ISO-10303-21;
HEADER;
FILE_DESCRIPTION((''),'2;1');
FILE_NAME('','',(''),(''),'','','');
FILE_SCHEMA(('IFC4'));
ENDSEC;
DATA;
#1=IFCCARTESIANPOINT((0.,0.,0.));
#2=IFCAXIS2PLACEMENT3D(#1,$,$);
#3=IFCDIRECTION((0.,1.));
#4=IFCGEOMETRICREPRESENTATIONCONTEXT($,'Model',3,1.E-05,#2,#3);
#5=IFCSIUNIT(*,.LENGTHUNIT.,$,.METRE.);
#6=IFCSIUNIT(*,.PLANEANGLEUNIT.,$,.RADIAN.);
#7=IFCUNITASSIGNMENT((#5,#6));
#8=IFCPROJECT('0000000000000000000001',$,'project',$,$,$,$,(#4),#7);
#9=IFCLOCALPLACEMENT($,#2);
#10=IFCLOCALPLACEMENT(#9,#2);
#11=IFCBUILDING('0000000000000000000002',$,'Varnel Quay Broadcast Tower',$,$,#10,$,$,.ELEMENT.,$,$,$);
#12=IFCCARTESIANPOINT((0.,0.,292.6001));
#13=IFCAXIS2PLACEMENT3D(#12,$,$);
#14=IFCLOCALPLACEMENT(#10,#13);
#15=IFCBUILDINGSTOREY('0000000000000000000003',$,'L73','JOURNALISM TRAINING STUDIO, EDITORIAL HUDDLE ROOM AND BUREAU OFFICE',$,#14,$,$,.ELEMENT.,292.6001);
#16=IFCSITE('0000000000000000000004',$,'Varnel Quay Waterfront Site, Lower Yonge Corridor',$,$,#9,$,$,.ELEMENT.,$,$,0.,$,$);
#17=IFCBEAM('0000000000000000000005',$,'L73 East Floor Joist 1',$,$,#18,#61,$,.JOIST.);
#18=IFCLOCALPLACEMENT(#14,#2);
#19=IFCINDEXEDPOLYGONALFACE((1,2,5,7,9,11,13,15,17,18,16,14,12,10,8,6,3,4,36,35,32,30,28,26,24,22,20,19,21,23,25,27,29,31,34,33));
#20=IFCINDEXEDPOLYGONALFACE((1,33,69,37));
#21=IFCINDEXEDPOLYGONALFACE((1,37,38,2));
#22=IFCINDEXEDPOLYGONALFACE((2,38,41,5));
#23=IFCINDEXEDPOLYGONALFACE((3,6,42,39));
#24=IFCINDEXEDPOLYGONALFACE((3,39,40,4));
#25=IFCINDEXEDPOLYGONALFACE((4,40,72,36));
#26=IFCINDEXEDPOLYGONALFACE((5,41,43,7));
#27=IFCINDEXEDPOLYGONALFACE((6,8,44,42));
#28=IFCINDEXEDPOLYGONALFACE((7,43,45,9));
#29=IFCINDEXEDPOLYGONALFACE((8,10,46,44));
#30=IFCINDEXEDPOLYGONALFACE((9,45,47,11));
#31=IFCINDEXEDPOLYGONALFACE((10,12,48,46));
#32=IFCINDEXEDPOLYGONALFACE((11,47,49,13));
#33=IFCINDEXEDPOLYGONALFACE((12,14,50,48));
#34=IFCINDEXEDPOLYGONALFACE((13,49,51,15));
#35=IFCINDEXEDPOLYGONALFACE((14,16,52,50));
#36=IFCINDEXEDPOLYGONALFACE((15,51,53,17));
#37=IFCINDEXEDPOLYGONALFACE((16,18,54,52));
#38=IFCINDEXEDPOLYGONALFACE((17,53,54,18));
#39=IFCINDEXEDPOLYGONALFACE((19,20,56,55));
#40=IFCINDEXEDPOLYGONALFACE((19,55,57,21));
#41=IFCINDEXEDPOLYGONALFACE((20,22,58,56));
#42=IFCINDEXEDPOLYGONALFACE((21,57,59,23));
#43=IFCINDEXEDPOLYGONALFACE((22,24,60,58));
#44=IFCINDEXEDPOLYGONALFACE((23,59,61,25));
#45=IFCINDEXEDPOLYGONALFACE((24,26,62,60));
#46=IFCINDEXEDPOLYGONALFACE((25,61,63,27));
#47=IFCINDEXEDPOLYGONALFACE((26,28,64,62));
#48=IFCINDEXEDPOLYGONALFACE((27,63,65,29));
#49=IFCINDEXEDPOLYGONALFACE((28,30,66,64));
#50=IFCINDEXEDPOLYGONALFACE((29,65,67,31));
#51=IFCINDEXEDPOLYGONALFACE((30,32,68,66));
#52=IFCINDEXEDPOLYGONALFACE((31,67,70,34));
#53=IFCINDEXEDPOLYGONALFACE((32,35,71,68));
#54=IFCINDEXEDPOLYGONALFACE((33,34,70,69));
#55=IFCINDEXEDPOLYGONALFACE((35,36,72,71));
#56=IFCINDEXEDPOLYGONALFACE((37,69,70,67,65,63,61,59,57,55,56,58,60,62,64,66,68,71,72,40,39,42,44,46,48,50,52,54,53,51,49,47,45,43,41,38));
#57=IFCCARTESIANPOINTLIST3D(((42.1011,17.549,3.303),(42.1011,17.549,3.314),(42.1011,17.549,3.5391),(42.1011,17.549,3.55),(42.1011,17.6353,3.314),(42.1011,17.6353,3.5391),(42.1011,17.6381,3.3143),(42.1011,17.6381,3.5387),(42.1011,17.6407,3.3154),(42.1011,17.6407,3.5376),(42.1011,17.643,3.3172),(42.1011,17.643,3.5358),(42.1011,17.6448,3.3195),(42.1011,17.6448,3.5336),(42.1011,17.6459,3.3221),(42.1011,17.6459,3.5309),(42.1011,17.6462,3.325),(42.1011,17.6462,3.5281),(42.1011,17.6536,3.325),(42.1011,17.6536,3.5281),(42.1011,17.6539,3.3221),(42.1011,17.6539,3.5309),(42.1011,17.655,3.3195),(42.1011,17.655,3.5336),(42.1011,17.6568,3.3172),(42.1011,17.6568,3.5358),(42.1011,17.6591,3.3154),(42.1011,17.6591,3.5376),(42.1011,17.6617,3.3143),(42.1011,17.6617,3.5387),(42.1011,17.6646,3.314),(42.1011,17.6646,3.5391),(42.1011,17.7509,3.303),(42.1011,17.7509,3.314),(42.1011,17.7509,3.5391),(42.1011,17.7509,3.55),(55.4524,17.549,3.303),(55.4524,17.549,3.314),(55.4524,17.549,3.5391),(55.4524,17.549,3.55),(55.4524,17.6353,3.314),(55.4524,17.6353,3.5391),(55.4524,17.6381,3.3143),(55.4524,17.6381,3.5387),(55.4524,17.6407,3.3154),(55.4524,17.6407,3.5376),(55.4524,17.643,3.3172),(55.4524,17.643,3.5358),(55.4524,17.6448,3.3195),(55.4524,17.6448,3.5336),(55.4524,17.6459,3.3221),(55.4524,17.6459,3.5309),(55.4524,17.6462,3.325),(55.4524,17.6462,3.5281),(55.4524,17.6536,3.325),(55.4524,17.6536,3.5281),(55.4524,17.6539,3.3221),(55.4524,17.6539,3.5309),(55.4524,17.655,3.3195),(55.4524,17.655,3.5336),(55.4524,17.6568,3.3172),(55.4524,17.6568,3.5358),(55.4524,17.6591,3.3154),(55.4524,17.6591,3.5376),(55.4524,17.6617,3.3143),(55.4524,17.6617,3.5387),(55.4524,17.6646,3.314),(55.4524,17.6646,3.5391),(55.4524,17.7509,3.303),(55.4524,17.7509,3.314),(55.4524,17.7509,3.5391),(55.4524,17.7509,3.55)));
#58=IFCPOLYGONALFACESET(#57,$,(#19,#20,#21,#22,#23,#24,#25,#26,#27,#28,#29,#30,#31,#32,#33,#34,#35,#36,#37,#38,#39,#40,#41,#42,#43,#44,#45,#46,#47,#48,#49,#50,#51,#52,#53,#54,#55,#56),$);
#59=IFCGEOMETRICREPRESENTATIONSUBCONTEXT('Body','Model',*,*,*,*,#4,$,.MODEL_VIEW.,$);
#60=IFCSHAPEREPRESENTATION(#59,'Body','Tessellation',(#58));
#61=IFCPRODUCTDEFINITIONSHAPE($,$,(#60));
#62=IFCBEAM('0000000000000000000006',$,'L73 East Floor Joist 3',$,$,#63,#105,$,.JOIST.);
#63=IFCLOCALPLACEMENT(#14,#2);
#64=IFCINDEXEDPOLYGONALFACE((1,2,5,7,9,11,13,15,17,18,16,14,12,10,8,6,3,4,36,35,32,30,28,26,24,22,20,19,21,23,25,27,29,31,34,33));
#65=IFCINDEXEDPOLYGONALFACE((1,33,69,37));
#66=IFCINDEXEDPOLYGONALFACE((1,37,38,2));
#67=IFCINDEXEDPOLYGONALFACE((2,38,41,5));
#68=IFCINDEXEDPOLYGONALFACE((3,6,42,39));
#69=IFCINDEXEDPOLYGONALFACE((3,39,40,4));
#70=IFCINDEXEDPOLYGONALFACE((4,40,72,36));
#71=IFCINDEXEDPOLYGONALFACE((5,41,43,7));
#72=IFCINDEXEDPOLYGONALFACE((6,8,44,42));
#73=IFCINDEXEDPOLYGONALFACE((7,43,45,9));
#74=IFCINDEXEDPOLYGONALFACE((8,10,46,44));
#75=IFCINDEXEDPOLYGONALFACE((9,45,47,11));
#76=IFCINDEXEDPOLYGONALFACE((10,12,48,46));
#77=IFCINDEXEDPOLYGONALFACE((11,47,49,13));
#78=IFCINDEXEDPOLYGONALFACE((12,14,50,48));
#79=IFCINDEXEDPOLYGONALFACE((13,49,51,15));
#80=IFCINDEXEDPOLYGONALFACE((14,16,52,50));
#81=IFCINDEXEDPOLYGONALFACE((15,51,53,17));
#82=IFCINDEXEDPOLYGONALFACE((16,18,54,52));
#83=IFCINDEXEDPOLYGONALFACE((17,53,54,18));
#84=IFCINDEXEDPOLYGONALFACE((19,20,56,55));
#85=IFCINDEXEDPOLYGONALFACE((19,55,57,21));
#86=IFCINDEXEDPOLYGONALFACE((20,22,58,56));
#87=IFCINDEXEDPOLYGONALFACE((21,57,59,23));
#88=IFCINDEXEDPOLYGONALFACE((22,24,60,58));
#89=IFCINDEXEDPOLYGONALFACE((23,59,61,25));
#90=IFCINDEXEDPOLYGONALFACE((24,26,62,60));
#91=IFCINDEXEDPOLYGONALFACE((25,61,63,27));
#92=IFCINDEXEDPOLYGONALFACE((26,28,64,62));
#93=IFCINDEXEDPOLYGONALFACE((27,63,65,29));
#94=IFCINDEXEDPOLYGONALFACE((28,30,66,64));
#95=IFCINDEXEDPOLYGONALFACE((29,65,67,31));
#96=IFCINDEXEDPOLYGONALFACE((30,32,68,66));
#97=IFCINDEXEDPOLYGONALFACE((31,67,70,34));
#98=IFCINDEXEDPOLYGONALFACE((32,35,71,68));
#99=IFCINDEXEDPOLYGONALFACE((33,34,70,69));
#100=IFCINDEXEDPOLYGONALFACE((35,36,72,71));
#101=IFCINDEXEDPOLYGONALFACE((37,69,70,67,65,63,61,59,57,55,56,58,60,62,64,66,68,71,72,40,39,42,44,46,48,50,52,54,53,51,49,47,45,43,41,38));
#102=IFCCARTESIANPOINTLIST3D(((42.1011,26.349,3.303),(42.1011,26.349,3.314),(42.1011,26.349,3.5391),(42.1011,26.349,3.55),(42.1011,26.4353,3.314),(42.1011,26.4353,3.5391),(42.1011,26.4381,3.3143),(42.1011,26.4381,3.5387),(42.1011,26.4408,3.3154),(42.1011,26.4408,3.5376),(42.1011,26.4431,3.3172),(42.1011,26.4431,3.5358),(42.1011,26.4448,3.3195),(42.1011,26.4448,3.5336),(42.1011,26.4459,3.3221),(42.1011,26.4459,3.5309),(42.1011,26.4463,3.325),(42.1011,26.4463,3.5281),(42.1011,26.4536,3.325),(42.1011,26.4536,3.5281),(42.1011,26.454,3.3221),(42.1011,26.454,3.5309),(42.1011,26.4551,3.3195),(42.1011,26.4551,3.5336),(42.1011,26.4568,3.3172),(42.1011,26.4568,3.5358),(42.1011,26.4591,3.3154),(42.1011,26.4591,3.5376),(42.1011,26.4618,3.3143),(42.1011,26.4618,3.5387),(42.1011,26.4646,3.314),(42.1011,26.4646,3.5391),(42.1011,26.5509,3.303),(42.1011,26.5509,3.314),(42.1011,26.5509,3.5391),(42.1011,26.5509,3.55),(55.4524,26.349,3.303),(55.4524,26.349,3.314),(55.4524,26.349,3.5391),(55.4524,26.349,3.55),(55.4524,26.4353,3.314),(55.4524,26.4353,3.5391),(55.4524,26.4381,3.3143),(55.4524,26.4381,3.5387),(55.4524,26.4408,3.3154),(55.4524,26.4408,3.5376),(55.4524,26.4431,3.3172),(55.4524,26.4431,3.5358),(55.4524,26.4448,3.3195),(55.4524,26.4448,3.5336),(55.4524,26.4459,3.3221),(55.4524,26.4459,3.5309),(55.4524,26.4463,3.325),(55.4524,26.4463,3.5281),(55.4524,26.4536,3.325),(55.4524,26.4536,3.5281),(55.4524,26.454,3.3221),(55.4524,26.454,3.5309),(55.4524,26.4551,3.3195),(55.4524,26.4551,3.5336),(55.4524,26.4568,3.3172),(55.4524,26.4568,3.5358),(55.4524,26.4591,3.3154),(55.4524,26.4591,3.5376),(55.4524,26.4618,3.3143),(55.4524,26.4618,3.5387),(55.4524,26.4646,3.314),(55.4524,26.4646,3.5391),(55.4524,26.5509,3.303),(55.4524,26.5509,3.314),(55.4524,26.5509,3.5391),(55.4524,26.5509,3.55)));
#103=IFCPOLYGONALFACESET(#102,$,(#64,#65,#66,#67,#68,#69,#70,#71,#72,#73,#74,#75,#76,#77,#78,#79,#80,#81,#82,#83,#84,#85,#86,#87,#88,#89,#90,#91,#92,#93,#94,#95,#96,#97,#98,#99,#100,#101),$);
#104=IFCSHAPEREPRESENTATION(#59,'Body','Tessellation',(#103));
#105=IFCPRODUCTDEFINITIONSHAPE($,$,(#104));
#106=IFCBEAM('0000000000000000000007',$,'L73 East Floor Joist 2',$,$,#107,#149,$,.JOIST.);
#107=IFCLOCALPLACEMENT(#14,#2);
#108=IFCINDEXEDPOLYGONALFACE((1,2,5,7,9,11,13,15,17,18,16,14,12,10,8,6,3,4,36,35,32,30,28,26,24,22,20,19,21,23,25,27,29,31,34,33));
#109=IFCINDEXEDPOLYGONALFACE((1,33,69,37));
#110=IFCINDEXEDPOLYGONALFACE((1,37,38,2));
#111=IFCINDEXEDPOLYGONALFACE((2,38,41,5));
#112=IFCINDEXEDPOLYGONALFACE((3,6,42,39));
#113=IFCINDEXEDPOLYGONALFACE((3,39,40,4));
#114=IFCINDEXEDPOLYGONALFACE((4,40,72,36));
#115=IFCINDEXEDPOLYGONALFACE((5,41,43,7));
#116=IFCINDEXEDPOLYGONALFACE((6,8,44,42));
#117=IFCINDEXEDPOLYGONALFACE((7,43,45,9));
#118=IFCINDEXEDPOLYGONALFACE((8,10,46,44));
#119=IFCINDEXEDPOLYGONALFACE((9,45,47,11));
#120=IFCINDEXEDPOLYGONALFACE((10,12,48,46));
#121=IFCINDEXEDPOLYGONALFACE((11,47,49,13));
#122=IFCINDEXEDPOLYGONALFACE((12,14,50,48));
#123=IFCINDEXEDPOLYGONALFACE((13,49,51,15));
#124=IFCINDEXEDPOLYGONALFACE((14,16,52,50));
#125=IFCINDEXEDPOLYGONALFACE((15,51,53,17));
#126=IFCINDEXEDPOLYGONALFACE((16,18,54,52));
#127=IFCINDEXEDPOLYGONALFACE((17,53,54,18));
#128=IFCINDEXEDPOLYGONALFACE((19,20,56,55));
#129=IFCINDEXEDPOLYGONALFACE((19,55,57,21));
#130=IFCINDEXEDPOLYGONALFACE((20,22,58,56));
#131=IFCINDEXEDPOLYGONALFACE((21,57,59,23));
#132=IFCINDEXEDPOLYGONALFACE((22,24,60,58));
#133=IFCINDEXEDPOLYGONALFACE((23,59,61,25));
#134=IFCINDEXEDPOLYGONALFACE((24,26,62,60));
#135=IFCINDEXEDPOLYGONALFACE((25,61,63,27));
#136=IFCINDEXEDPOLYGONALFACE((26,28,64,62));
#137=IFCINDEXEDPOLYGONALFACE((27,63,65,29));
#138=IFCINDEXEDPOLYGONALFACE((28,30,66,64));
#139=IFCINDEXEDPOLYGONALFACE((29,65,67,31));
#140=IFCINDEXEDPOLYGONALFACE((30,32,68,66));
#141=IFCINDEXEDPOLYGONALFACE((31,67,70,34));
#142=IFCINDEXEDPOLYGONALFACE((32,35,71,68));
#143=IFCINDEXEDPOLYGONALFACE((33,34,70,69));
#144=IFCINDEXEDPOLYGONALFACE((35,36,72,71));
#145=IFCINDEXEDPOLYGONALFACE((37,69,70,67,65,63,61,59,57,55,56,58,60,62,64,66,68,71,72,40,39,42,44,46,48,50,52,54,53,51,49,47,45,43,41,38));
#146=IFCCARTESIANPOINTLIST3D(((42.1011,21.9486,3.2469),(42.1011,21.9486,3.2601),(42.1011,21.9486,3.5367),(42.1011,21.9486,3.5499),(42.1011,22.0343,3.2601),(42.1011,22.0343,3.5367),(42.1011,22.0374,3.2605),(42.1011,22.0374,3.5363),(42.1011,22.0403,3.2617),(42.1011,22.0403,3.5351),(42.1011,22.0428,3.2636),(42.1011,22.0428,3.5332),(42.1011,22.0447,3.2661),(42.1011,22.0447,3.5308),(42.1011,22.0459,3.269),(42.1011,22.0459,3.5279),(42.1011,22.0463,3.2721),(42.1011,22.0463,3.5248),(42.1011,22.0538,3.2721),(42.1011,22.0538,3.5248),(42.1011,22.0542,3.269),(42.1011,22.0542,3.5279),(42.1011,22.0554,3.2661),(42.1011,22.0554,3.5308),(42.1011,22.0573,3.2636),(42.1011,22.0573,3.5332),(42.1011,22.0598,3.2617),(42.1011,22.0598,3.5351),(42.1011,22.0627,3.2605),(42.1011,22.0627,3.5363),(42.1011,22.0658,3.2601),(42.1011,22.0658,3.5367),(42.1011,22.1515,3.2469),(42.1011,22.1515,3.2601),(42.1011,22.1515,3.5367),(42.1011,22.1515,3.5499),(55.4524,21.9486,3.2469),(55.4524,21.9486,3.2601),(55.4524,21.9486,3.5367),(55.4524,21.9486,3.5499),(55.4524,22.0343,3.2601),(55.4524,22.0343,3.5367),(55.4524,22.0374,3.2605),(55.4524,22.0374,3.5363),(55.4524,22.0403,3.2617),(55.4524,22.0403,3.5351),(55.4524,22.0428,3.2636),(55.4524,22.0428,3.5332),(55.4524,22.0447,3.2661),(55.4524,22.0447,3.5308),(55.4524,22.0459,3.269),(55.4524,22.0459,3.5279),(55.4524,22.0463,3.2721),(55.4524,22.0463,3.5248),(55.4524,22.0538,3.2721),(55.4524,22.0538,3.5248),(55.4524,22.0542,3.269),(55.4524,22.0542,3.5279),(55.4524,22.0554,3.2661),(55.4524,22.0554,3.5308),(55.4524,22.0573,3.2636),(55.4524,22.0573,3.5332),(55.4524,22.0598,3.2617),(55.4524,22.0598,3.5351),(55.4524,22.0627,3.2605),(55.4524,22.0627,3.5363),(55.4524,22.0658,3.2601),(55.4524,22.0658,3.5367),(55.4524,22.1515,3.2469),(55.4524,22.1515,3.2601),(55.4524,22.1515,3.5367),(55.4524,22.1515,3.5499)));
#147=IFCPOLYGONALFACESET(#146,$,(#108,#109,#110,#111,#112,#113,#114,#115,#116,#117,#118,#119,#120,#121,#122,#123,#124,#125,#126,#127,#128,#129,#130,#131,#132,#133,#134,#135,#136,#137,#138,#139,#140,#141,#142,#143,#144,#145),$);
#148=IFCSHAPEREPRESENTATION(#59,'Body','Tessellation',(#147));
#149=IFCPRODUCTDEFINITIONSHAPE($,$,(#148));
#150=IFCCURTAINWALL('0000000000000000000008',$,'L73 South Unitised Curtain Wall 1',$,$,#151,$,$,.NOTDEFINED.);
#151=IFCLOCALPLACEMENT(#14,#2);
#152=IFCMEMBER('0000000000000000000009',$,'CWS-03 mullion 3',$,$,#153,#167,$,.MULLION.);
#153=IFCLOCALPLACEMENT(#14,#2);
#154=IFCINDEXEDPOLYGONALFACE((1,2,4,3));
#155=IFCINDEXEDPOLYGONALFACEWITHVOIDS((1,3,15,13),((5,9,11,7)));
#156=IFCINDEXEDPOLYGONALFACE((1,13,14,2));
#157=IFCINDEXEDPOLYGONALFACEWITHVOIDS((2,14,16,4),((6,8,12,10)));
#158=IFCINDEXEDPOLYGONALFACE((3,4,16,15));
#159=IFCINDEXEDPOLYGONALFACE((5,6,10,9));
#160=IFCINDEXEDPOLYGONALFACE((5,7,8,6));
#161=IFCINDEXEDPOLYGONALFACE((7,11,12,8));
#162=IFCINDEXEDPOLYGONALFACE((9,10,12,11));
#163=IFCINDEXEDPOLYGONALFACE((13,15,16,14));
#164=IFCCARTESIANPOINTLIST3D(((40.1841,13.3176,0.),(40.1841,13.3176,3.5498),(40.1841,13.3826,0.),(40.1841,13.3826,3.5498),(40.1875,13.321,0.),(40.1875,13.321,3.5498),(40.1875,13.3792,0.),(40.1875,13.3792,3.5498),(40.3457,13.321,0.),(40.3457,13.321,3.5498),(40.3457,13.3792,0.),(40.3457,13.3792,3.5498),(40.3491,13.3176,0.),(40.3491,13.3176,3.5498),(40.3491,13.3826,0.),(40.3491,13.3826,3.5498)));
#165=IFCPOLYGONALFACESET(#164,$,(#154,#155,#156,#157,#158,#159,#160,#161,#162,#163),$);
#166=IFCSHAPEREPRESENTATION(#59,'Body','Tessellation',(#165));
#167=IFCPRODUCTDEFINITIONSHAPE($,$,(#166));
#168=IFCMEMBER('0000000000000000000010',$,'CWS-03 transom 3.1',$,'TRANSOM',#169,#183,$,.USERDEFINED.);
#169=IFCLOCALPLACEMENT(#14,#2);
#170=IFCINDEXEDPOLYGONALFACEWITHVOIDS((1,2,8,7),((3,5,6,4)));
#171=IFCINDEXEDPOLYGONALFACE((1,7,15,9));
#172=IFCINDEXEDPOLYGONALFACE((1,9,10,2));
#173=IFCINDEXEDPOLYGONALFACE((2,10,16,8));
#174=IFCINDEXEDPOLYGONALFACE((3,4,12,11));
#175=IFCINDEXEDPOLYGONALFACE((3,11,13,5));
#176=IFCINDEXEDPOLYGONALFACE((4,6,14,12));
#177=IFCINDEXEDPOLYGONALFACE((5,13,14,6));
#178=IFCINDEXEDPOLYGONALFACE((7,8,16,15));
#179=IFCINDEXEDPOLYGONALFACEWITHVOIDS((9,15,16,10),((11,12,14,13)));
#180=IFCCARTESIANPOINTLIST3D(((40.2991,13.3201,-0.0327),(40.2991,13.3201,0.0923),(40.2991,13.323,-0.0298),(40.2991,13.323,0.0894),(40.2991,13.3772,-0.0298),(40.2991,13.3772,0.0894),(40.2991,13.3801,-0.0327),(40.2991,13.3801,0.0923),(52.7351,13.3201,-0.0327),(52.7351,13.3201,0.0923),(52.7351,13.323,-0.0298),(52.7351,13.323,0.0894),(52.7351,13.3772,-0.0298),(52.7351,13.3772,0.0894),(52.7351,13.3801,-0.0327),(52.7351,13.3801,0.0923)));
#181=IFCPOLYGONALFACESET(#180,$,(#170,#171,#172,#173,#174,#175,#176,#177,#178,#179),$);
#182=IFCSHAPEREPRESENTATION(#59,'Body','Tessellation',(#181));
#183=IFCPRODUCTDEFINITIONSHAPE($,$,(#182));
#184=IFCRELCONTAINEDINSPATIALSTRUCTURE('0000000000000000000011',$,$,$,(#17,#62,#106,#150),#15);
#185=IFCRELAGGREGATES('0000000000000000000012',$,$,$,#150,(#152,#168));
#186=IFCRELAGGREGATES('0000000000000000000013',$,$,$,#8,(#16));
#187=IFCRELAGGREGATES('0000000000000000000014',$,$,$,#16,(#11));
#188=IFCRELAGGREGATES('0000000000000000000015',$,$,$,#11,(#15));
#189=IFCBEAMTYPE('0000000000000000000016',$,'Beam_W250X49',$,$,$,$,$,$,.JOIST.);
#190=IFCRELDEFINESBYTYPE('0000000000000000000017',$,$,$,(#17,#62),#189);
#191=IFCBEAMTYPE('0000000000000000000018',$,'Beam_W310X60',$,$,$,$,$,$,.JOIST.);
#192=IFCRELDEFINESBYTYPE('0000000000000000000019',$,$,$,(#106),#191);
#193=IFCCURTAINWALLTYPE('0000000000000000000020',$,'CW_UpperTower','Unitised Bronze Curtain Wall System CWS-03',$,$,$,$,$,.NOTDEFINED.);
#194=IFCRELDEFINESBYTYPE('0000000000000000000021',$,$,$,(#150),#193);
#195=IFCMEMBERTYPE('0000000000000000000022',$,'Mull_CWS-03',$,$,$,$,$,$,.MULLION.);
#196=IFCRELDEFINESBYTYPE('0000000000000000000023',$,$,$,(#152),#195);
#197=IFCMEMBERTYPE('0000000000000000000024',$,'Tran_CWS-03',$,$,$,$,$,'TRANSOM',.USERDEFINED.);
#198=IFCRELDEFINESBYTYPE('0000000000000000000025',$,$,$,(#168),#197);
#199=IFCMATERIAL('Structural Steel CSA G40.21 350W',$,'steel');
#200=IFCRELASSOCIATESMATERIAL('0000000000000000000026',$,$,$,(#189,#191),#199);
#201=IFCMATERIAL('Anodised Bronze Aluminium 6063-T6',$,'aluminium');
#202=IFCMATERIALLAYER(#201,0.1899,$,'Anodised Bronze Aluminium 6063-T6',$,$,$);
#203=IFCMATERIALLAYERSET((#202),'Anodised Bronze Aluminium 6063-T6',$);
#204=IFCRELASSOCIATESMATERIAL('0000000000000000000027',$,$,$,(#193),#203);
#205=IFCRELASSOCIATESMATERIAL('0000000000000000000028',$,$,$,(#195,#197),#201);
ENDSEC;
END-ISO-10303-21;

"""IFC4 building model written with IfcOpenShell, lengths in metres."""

from ifc_helpers import new_model, si_unit, direction, frame, origin, origin_2d, place, context, subcontext, project, spatial, hollow_rectangle, i_section, extrude, source, transform, mapped, material, layer, layer_set, material_profile, profile_set, type_object, type_shapes, element, aggregate, save


model = new_model("IFC4")

# Units and contexts
model_context = context("Model", 3, precision=1e-05, world=origin(), true_north=direction((0.0, 1.0)))
body_context = subcontext(model_context, "Body", "Model", "MODEL_VIEW")
ifc_project = project(units=[si_unit("LENGTHUNIT", "METRE"), si_unit("PLANEANGLEUNIT", "RADIAN")], contexts=[model_context])

# Site, building, storey
site_placement = place(None, origin())
site = spatial("IfcSite", under=ifc_project, at=site_placement, Name="Varnel Quay Waterfront Site, Lower Yonge Corridor", CompositionType="ELEMENT", RefElevation=0.0)
building_placement = place(site_placement, origin())
building = spatial("IfcBuilding", under=site, at=building_placement, Name="Varnel Quay Broadcast Tower", CompositionType="ELEMENT")
storey_placement = place(building_placement, frame((0.0, 0.0, 292.6001)))
storey = spatial("IfcBuildingStorey", under=building, at=storey_placement, Name="L73", Description="JOURNALISM TRAINING STUDIO, EDITORIAL HUDDLE ROOM AND BUREAU OFFICE", CompositionType="ELEMENT", Elevation=292.6001)

# Shared definitions
ifc_material_1 = material(Name="Structural Steel CSA G40.21 350W", Category="steel")

# Beams
ifc_material_profile_1 = material_profile(ifc_material_1, i_section(OverallWidth=0.2019, OverallDepth=0.2471, WebThickness=0.0073, FlangeThickness=0.011, FilletRadius=0.011, at=origin_2d()), Name="W250X49")
ifc_profile_set_1 = profile_set([ifc_material_profile_1], Name="Structural Steel CSA G40.21 350W")
beam_type_1 = type_object("IfcBeamType", Name="Beam_W250X49", PredefinedType="JOIST", material=ifc_profile_set_1)
shared_shape_1 = source(origin(), body_context, "Body", "SweptSolid", [
    extrude(i_section(OverallWidth=0.2019, OverallDepth=0.2471, WebThickness=0.0073, FlangeThickness=0.011, FilletRadius=0.011, at=origin_2d()), origin(), (0.0, 0.0, 1.0), 13.3513),
])
type_shapes(beam_type_1, [shared_shape_1])
for number, where, z_axis, x_axis, name in (
    (1, (42.1011, 17.6499, 3.4265), (1.0, 0.0, 0.0), (0.0, 1.0, 0.0), "L73 East Floor Joist 1"),
    (2, (42.1011, 26.45, 3.4265), (1.0, 0.0, 0.0), (0.0, 1.0, 0.0), "L73 East Floor Joist 3"),
):
    element("IfcBeam", number, at=place(storey_placement, frame(where, z_axis=z_axis, x_axis=x_axis)), inside=storey, type_object=beam_type_1, Name=name, PredefinedType="JOIST", context=body_context, shape_type="MappedRepresentation", body=[
        mapped(shared_shape_1, transform((0.0, 0.0, 0.0), x_axis=(1.0, 0.0, 0.0), y_axis=(0.0, 1.0, 0.0), z_axis=(0.0, 0.0, 1.0), scale=1.0)),
    ])
ifc_material_profile_2 = material_profile(ifc_material_1, i_section(OverallWidth=0.2029, OverallDepth=0.303, WebThickness=0.0076, FlangeThickness=0.0132, FilletRadius=0.012, at=origin_2d()), Name="W310X60")
ifc_profile_set_2 = profile_set([ifc_material_profile_2], Name="Structural Steel CSA G40.21 350W")
beam_type_2 = type_object("IfcBeamType", Name="Beam_W310X60", PredefinedType="JOIST", material=ifc_profile_set_2)
shared_shape_2 = source(origin(), body_context, "Body", "SweptSolid", [
    extrude(i_section(OverallWidth=0.2029, OverallDepth=0.303, WebThickness=0.0076, FlangeThickness=0.0132, FilletRadius=0.012, at=origin_2d()), origin(), (0.0, 0.0, 1.0), 13.3513),
])
type_shapes(beam_type_2, [shared_shape_2])
beam_1_placement = place(storey_placement, frame((42.1011, 22.05, 3.3984), z_axis=(1.0, 0.0, 0.0), x_axis=(0.0, 1.0, 0.0)))
element("IfcBeam", 3, at=beam_1_placement, inside=storey, type_object=beam_type_2, Name="L73 East Floor Joist 2", PredefinedType="JOIST", context=body_context, shape_type="MappedRepresentation", body=[
    mapped(shared_shape_2, transform((0.0, 0.0, 0.0), x_axis=(1.0, 0.0, 0.0), y_axis=(0.0, 1.0, 0.0), z_axis=(0.0, 0.0, 1.0), scale=1.0)),
])

# Curtain wall, members
ifc_material_2 = material(Name="Anodised Bronze Aluminium 6063-T6", Category="aluminium")
ifc_layer_1 = layer(ifc_material_2, 0.1899, Name="Anodised Bronze Aluminium 6063-T6")
ifc_layer_set_1 = layer_set([ifc_layer_1], Name="Anodised Bronze Aluminium 6063-T6")
curtain_wall_type = type_object("IfcCurtainWallType", Name="CW_UpperTower", Description="Unitised Bronze Curtain Wall System CWS-03", PredefinedType="NOTDEFINED", material=ifc_layer_set_1)
curtain_wall_placement = place(storey_placement, origin())
curtain_wall = element("IfcCurtainWall", 4, at=curtain_wall_placement, inside=storey, type_object=curtain_wall_type, Name="L73 South Unitised Curtain Wall 1", PredefinedType="NOTDEFINED")
ifc_material_profile_3 = material_profile(ifc_material_2, hollow_rectangle(XDim=0.0649, YDim=0.165, WallThickness=0.0034, at=origin_2d()), Name="ALU65X165X3.5")
ifc_profile_set_3 = profile_set([ifc_material_profile_3], Name="Anodised Bronze Aluminium 6063-T6")
member_type_1 = type_object("IfcMemberType", Name="Mull_CWS-03", PredefinedType="MULLION", material=ifc_profile_set_3)
shared_shape_3 = source(origin(), body_context, "Body", "SweptSolid", [
    extrude(hollow_rectangle(XDim=0.0649, YDim=0.165, WallThickness=0.0034, at=origin_2d()), origin(), (0.0, 0.0, 1.0), 3.5498),
])
type_shapes(member_type_1, [shared_shape_3])
member_1_placement = place(storey_placement, frame((40.2666, 13.3501, 0.0), z_axis=(0.0, 0.0, 1.0), x_axis=(0.0, 1.0, 0.0)))
member_1 = element("IfcMember", 5, at=member_1_placement, type_object=member_type_1, Name="CWS-03 mullion 3", PredefinedType="MULLION", context=body_context, shape_type="MappedRepresentation", body=[
    mapped(shared_shape_3, transform((0.0, 0.0, 0.0), x_axis=(1.0, 0.0, 0.0), y_axis=(0.0, 1.0, 0.0), z_axis=(0.0, 0.0, 1.0), scale=1.0)),
])
ifc_material_profile_4 = material_profile(ifc_material_2, hollow_rectangle(XDim=0.0601, YDim=0.125, WallThickness=0.0029, at=origin_2d()), Name="ALU60X125X3")
ifc_profile_set_4 = profile_set([ifc_material_profile_4], Name="Anodised Bronze Aluminium 6063-T6")
member_type_2 = type_object("IfcMemberType", Name="Tran_CWS-03", ElementType="TRANSOM", PredefinedType="USERDEFINED", material=ifc_profile_set_4)
shared_shape_4 = source(origin(), body_context, "Body", "SweptSolid", [
    extrude(hollow_rectangle(XDim=0.0601, YDim=0.125, WallThickness=0.0029, at=origin_2d()), origin(), (0.0, 0.0, 1.0), 12.436),
])
member_2_placement = place(storey_placement, frame((40.2991, 13.3501, 0.0298), z_axis=(1.0, 0.0, 0.0), x_axis=(0.0, 1.0, 0.0)))
member_2 = element("IfcMember", 6, at=member_2_placement, type_object=member_type_2, Name="CWS-03 transom 3.1", ObjectType="TRANSOM", PredefinedType="USERDEFINED", context=body_context, shape_type="MappedRepresentation", body=[
    mapped(shared_shape_4, transform((0.0, 0.0, 0.0), x_axis=(1.0, 0.0, 0.0), y_axis=(0.0, 1.0, 0.0), z_axis=(0.0, 0.0, 1.0), scale=1.0)),
])

aggregate(curtain_wall, [member_1, member_2])

save(model, "model.ifc")
